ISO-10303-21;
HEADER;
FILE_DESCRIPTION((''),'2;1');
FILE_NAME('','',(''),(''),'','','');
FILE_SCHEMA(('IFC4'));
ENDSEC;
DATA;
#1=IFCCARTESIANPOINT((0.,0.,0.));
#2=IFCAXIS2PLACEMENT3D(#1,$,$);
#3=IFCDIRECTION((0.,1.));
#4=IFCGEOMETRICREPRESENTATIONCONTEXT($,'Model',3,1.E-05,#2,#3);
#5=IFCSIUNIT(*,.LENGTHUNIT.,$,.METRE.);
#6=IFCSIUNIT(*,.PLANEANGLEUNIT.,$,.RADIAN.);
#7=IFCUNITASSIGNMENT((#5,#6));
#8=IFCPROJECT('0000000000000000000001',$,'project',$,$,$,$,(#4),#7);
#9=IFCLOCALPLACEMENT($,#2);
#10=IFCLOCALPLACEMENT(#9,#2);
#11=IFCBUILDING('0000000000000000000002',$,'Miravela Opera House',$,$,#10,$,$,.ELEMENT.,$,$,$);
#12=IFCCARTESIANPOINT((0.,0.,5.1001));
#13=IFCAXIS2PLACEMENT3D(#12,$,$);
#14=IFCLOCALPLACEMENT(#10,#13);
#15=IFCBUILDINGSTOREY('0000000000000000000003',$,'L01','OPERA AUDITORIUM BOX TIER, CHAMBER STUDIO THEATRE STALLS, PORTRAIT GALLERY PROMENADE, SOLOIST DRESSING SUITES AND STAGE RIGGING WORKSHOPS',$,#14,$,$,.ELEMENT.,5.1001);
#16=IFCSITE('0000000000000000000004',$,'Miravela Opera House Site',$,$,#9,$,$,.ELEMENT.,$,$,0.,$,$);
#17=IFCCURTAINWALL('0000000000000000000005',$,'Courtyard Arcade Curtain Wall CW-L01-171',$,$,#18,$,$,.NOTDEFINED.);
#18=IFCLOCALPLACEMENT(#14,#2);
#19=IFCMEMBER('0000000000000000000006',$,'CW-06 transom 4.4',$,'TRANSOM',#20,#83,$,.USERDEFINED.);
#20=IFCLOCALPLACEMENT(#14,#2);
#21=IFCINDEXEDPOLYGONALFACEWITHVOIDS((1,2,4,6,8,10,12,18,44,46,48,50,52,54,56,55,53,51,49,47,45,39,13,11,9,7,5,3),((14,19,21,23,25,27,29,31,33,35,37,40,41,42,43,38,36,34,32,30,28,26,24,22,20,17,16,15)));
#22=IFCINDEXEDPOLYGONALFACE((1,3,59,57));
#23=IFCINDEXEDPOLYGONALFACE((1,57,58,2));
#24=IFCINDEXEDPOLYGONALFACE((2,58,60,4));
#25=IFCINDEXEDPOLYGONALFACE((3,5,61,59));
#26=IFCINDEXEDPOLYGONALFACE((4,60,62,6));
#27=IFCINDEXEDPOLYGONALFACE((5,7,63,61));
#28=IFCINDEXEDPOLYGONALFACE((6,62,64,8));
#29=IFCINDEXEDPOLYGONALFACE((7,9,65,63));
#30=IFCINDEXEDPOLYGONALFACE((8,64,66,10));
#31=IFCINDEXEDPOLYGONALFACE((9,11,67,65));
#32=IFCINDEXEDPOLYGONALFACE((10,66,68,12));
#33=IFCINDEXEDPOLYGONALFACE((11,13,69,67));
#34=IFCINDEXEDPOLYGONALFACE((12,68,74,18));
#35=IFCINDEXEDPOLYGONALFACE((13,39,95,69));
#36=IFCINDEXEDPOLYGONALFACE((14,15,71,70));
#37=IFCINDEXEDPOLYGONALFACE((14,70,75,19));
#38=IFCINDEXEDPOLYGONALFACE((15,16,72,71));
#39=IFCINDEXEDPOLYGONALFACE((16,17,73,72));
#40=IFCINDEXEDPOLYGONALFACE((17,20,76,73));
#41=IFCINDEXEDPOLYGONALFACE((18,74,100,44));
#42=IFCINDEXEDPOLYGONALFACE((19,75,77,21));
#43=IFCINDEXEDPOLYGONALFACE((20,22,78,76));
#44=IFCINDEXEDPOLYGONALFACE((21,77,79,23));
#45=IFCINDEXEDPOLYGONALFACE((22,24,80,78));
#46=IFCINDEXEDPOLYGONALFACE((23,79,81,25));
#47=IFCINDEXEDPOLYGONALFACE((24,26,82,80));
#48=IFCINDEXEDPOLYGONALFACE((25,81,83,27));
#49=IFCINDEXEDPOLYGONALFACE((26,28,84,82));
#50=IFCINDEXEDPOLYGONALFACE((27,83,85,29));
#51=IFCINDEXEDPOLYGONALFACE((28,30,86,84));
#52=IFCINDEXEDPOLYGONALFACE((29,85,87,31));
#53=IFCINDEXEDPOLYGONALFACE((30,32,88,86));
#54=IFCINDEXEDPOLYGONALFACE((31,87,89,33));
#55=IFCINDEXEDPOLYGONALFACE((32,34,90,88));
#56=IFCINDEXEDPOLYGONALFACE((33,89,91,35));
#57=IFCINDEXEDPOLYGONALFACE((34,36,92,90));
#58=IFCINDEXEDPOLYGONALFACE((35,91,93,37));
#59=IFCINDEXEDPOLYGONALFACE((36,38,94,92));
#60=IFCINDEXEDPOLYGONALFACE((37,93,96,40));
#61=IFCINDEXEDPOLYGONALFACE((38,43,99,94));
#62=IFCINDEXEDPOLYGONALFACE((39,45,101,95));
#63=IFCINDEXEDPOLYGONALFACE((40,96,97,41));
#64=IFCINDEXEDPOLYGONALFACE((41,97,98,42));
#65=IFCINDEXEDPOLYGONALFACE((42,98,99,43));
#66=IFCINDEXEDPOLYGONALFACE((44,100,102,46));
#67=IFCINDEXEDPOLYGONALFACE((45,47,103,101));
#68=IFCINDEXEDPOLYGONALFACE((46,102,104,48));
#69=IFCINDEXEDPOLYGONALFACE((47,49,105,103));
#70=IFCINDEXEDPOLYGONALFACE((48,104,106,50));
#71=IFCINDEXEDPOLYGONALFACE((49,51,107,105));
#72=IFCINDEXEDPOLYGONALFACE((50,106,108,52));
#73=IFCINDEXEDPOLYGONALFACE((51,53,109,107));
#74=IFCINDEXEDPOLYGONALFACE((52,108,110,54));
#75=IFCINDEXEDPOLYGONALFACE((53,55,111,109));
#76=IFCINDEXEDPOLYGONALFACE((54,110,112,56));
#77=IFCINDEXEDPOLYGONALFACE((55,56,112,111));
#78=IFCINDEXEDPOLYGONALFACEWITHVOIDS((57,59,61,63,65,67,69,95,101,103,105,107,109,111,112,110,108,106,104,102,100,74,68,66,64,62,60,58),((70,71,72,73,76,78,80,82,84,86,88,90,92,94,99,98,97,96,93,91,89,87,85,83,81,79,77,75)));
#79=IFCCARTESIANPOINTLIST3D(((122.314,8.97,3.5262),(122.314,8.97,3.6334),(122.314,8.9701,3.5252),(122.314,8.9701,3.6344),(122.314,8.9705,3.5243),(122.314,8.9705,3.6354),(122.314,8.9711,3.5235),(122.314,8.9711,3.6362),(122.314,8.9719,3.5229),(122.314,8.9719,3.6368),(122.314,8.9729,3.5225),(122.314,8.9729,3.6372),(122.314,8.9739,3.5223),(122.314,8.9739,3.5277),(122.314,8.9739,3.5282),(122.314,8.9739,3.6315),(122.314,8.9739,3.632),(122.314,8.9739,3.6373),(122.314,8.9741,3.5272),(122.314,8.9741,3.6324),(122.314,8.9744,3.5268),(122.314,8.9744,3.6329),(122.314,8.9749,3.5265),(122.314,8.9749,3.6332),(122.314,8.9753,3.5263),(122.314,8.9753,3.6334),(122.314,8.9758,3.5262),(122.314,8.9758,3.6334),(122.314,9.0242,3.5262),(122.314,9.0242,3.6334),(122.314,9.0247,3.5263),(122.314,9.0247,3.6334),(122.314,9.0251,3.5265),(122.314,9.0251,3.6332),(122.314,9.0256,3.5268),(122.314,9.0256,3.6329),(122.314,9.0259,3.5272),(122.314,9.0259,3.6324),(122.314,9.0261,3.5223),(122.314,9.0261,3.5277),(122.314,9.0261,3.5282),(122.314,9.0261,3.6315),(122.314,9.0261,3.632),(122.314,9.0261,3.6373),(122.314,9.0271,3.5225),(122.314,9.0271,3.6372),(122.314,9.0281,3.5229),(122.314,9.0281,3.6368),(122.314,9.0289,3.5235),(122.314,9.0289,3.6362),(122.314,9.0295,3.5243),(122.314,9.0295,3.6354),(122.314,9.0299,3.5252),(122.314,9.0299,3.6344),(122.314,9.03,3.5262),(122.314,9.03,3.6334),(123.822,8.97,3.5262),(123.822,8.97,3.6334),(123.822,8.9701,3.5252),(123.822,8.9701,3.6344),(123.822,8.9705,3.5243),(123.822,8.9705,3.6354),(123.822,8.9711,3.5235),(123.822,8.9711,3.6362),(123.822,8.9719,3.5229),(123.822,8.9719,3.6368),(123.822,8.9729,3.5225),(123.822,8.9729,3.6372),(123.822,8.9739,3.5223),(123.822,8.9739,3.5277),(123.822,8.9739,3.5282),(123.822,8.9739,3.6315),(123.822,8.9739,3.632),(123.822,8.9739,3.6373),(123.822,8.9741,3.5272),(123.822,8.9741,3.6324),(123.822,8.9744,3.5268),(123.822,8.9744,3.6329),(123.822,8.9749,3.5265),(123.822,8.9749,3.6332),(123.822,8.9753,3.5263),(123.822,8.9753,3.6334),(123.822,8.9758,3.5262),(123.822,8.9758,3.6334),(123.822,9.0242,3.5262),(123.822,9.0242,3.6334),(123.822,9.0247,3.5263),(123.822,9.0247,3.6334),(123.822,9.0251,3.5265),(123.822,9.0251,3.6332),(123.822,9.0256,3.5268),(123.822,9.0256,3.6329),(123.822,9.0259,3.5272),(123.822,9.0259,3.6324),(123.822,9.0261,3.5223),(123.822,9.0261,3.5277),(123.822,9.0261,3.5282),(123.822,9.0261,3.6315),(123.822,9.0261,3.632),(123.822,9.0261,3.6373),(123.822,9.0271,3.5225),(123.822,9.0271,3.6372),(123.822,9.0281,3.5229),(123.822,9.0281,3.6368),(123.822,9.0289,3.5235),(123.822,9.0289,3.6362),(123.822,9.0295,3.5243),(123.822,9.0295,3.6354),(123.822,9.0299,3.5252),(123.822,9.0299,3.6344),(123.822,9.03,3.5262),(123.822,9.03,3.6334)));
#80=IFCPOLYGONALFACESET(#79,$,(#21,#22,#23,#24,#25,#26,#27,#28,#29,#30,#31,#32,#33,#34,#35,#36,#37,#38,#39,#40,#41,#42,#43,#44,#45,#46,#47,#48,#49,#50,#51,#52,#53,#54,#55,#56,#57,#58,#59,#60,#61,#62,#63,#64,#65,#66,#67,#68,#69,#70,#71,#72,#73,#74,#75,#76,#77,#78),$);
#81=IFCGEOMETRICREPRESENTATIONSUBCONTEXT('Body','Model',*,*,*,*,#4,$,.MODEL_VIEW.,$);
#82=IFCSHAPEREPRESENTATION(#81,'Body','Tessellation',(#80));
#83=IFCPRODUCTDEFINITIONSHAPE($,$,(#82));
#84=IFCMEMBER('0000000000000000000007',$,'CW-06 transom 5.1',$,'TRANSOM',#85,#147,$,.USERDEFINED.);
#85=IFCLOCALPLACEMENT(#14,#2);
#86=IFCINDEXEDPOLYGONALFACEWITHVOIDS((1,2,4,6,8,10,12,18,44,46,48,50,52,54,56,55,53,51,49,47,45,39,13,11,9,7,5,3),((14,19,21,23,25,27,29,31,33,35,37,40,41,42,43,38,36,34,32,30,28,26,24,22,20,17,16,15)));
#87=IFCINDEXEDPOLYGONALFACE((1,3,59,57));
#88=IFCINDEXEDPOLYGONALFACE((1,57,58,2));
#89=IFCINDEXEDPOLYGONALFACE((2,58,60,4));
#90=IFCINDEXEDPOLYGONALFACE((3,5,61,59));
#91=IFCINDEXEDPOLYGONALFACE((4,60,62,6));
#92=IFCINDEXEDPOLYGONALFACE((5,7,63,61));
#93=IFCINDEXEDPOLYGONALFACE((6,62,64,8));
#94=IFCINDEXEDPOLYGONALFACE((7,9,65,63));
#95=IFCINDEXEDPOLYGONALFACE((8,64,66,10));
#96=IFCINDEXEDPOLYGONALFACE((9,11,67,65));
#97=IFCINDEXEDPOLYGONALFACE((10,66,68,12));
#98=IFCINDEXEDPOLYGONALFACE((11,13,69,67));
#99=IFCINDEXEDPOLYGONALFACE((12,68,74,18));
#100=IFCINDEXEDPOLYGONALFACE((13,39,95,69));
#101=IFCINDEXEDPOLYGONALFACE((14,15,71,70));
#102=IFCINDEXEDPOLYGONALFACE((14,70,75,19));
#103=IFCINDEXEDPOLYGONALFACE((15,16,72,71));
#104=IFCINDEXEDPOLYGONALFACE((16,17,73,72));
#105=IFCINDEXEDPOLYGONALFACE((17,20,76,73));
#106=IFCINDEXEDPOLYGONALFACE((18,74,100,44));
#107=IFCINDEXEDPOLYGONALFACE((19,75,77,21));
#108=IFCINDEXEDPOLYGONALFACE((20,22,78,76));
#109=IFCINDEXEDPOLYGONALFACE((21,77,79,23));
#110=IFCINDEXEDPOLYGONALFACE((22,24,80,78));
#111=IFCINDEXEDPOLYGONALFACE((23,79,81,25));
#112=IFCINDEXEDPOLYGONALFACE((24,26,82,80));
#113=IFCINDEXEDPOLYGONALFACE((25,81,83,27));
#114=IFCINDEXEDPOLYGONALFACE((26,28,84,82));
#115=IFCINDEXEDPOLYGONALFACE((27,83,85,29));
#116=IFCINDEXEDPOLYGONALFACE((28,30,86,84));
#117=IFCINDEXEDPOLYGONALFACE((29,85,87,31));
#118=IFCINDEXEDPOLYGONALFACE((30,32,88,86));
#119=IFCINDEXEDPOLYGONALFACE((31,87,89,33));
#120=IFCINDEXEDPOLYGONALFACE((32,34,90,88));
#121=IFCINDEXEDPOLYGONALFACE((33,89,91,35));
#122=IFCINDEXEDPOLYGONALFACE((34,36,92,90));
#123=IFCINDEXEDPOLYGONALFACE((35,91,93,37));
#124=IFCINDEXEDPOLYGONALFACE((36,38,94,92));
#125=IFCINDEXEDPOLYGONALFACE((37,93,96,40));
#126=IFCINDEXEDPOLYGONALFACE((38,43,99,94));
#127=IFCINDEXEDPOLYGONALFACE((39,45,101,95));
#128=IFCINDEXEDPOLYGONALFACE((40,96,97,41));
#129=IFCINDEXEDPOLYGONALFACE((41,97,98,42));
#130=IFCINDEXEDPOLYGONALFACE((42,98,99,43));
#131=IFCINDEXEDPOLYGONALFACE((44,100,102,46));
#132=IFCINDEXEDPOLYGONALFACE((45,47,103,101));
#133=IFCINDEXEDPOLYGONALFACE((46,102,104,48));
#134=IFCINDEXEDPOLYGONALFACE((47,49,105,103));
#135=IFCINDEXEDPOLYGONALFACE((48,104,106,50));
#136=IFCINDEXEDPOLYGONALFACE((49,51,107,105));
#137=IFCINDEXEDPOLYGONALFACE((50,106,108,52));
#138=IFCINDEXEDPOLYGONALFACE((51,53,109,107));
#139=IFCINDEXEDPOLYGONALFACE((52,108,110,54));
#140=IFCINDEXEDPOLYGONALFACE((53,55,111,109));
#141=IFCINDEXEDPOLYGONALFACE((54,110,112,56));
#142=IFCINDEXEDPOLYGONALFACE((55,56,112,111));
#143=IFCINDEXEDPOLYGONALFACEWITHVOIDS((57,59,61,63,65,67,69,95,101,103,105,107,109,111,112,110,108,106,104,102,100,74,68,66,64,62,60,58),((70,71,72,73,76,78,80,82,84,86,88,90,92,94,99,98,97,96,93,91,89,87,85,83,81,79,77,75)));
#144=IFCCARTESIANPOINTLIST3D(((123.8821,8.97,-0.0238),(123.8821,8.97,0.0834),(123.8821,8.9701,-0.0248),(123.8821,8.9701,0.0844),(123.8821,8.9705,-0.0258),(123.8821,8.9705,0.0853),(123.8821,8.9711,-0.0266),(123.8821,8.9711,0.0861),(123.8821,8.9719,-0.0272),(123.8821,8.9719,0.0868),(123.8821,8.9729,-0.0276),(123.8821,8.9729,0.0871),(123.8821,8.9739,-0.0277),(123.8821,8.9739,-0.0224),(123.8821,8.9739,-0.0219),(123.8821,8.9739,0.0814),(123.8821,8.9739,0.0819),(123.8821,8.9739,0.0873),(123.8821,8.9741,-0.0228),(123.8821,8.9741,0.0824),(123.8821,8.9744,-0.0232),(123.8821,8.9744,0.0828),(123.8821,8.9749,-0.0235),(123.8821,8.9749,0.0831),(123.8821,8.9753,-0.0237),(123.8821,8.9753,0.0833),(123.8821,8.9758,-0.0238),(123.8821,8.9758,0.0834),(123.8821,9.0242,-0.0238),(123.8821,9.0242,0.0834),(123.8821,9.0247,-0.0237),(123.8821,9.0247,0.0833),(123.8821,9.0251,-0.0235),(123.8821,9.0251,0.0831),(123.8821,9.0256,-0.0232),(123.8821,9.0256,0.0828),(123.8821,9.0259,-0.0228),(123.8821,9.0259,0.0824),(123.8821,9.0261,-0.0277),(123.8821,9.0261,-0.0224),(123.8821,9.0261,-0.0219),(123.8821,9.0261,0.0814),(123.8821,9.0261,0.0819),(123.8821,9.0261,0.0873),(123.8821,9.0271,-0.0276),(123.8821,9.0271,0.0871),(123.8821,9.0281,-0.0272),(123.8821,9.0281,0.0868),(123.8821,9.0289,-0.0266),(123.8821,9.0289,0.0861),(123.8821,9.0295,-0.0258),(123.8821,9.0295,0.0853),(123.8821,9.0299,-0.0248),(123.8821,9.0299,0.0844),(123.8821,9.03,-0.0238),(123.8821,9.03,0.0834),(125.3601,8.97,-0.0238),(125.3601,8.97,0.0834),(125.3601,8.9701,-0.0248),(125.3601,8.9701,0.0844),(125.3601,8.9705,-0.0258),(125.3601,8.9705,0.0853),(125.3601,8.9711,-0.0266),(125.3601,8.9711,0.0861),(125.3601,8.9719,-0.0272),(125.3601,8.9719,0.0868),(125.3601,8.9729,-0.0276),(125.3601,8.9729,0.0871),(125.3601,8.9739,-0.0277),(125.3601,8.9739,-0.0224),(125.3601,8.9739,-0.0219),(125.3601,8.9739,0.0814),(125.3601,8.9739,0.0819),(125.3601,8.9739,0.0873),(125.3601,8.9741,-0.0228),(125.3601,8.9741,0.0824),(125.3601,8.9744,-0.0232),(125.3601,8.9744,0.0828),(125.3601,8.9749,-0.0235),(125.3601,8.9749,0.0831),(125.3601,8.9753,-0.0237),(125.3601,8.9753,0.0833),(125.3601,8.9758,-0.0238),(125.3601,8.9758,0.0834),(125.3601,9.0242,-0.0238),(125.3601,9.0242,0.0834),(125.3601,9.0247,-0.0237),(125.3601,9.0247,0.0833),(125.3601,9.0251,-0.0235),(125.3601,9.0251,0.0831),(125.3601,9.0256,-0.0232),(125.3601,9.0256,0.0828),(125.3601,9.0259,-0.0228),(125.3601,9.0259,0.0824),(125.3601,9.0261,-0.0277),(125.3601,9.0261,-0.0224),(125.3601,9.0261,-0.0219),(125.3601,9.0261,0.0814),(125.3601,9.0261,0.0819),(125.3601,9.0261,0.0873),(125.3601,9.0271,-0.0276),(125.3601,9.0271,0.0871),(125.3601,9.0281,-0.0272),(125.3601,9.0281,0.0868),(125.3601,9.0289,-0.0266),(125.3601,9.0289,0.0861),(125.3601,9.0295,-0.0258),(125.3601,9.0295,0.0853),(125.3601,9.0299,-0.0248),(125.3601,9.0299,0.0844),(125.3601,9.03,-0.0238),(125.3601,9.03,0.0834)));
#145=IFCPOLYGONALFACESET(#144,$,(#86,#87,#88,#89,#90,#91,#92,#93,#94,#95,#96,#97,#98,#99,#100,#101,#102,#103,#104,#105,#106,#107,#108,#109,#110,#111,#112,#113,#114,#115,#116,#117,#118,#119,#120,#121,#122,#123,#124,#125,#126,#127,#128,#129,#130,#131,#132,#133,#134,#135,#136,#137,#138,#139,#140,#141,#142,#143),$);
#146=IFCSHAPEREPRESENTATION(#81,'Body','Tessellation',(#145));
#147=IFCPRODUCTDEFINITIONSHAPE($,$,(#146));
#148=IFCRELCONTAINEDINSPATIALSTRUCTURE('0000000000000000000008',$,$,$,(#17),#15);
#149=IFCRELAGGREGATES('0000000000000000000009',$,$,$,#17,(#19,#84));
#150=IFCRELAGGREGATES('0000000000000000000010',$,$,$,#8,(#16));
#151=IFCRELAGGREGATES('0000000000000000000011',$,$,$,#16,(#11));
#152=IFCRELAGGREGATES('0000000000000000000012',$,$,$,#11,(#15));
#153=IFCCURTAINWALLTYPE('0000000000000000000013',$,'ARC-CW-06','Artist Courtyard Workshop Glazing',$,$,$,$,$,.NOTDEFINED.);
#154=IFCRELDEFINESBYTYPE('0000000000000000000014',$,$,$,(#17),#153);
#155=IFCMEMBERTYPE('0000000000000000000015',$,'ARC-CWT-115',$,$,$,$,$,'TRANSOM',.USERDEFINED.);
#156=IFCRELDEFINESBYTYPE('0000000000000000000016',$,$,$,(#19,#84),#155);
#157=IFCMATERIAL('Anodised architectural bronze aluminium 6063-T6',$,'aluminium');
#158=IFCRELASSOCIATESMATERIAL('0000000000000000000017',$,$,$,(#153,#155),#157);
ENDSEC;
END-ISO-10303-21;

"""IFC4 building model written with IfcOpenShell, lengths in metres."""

from ifc_helpers import new_model, si_unit, direction, frame, origin, origin_2d, place, context, subcontext, project, spatial, hollow_rectangle, extrude, material, material_profile, profile_set, type_object, element, aggregate, save


model = new_model("IFC4")

# Units and contexts
model_context = context("Model", 3, precision=1e-05, world=origin(), true_north=direction((0.0, 1.0)))
body_context = subcontext(model_context, "Body", "Model", "MODEL_VIEW")
ifc_project = project(units=[si_unit("LENGTHUNIT", "METRE"), si_unit("PLANEANGLEUNIT", "RADIAN")], contexts=[model_context])

# Site, building, storey
site_placement = place(None, origin())
site = spatial("IfcSite", under=ifc_project, at=site_placement, Name="Miravela Opera House Site", CompositionType="ELEMENT", RefElevation=0.0)
building_placement = place(site_placement, origin())
building = spatial("IfcBuilding", under=site, at=building_placement, Name="Miravela Opera House", CompositionType="ELEMENT")
storey_placement = place(building_placement, frame((0.0, 0.0, 5.1001)))
storey = spatial("IfcBuildingStorey", under=building, at=storey_placement, Name="L01", Description="OPERA AUDITORIUM BOX TIER, CHAMBER STUDIO THEATRE STALLS, PORTRAIT GALLERY PROMENADE, SOLOIST DRESSING SUITES AND STAGE RIGGING WORKSHOPS", CompositionType="ELEMENT", Elevation=5.1001)

# Curtain wall
ifc_material_1 = material(Name="Anodised architectural bronze aluminium 6063-T6", Category="aluminium")
curtain_wall_type = type_object("IfcCurtainWallType", Name="ARC-CW-06", Description="Artist Courtyard Workshop Glazing", PredefinedType="NOTDEFINED", material=ifc_material_1)
curtain_wall_1_placement = place(storey_placement, origin())
curtain_wall_1 = element("IfcCurtainWall", 1, at=curtain_wall_1_placement, inside=storey, type_object=curtain_wall_type, Name="Courtyard Arcade Curtain Wall CW-L01-171", PredefinedType="NOTDEFINED")

# Members
ifc_material_profile_1 = material_profile(ifc_material_1, hollow_rectangle(XDim=0.0601, YDim=0.115, WallThickness=0.0039, InnerFilletRadius=0.002, OuterFilletRadius=0.0039, at=origin_2d()), Name="CWT-60X115")
ifc_profile_set_1 = profile_set([ifc_material_profile_1])
member_type_1 = type_object("IfcMemberType", Name="ARC-CWT-115", ElementType="TRANSOM", PredefinedType="USERDEFINED", material=ifc_profile_set_1)
member_1_placement = place(storey_placement, frame((122.314, 9.0, 3.5798), z_axis=(1.0, 0.0, 0.0), x_axis=(0.0, 1.0, 0.0)))
member_1 = element("IfcMember", 2, at=member_1_placement, type_object=member_type_1, Name="CW-06 transom 4.4", ObjectType="TRANSOM", PredefinedType="USERDEFINED", context=body_context, shape_type="SweptSolid", body=[
    extrude(hollow_rectangle(XDim=0.0601, YDim=0.115, WallThickness=0.0039, InnerFilletRadius=0.002, OuterFilletRadius=0.0039, at=origin_2d()), origin(), (0.0, 0.0, 1.0), 1.5081),
])
member_2_placement = place(storey_placement, frame((123.8821, 9.0, 0.0298), z_axis=(1.0, 0.0, 0.0), x_axis=(0.0, 1.0, 0.0)))
member_2 = element("IfcMember", 3, at=member_2_placement, type_object=member_type_1, Name="CW-06 transom 5.1", ObjectType="TRANSOM", PredefinedType="USERDEFINED", context=body_context, shape_type="SweptSolid", body=[
    extrude(hollow_rectangle(XDim=0.0601, YDim=0.115, WallThickness=0.0039, InnerFilletRadius=0.002, OuterFilletRadius=0.0039, at=origin_2d()), origin(), (0.0, 0.0, 1.0), 1.478),
])

aggregate(curtain_wall_1, [member_1, member_2])

save(model, "model.ifc")
